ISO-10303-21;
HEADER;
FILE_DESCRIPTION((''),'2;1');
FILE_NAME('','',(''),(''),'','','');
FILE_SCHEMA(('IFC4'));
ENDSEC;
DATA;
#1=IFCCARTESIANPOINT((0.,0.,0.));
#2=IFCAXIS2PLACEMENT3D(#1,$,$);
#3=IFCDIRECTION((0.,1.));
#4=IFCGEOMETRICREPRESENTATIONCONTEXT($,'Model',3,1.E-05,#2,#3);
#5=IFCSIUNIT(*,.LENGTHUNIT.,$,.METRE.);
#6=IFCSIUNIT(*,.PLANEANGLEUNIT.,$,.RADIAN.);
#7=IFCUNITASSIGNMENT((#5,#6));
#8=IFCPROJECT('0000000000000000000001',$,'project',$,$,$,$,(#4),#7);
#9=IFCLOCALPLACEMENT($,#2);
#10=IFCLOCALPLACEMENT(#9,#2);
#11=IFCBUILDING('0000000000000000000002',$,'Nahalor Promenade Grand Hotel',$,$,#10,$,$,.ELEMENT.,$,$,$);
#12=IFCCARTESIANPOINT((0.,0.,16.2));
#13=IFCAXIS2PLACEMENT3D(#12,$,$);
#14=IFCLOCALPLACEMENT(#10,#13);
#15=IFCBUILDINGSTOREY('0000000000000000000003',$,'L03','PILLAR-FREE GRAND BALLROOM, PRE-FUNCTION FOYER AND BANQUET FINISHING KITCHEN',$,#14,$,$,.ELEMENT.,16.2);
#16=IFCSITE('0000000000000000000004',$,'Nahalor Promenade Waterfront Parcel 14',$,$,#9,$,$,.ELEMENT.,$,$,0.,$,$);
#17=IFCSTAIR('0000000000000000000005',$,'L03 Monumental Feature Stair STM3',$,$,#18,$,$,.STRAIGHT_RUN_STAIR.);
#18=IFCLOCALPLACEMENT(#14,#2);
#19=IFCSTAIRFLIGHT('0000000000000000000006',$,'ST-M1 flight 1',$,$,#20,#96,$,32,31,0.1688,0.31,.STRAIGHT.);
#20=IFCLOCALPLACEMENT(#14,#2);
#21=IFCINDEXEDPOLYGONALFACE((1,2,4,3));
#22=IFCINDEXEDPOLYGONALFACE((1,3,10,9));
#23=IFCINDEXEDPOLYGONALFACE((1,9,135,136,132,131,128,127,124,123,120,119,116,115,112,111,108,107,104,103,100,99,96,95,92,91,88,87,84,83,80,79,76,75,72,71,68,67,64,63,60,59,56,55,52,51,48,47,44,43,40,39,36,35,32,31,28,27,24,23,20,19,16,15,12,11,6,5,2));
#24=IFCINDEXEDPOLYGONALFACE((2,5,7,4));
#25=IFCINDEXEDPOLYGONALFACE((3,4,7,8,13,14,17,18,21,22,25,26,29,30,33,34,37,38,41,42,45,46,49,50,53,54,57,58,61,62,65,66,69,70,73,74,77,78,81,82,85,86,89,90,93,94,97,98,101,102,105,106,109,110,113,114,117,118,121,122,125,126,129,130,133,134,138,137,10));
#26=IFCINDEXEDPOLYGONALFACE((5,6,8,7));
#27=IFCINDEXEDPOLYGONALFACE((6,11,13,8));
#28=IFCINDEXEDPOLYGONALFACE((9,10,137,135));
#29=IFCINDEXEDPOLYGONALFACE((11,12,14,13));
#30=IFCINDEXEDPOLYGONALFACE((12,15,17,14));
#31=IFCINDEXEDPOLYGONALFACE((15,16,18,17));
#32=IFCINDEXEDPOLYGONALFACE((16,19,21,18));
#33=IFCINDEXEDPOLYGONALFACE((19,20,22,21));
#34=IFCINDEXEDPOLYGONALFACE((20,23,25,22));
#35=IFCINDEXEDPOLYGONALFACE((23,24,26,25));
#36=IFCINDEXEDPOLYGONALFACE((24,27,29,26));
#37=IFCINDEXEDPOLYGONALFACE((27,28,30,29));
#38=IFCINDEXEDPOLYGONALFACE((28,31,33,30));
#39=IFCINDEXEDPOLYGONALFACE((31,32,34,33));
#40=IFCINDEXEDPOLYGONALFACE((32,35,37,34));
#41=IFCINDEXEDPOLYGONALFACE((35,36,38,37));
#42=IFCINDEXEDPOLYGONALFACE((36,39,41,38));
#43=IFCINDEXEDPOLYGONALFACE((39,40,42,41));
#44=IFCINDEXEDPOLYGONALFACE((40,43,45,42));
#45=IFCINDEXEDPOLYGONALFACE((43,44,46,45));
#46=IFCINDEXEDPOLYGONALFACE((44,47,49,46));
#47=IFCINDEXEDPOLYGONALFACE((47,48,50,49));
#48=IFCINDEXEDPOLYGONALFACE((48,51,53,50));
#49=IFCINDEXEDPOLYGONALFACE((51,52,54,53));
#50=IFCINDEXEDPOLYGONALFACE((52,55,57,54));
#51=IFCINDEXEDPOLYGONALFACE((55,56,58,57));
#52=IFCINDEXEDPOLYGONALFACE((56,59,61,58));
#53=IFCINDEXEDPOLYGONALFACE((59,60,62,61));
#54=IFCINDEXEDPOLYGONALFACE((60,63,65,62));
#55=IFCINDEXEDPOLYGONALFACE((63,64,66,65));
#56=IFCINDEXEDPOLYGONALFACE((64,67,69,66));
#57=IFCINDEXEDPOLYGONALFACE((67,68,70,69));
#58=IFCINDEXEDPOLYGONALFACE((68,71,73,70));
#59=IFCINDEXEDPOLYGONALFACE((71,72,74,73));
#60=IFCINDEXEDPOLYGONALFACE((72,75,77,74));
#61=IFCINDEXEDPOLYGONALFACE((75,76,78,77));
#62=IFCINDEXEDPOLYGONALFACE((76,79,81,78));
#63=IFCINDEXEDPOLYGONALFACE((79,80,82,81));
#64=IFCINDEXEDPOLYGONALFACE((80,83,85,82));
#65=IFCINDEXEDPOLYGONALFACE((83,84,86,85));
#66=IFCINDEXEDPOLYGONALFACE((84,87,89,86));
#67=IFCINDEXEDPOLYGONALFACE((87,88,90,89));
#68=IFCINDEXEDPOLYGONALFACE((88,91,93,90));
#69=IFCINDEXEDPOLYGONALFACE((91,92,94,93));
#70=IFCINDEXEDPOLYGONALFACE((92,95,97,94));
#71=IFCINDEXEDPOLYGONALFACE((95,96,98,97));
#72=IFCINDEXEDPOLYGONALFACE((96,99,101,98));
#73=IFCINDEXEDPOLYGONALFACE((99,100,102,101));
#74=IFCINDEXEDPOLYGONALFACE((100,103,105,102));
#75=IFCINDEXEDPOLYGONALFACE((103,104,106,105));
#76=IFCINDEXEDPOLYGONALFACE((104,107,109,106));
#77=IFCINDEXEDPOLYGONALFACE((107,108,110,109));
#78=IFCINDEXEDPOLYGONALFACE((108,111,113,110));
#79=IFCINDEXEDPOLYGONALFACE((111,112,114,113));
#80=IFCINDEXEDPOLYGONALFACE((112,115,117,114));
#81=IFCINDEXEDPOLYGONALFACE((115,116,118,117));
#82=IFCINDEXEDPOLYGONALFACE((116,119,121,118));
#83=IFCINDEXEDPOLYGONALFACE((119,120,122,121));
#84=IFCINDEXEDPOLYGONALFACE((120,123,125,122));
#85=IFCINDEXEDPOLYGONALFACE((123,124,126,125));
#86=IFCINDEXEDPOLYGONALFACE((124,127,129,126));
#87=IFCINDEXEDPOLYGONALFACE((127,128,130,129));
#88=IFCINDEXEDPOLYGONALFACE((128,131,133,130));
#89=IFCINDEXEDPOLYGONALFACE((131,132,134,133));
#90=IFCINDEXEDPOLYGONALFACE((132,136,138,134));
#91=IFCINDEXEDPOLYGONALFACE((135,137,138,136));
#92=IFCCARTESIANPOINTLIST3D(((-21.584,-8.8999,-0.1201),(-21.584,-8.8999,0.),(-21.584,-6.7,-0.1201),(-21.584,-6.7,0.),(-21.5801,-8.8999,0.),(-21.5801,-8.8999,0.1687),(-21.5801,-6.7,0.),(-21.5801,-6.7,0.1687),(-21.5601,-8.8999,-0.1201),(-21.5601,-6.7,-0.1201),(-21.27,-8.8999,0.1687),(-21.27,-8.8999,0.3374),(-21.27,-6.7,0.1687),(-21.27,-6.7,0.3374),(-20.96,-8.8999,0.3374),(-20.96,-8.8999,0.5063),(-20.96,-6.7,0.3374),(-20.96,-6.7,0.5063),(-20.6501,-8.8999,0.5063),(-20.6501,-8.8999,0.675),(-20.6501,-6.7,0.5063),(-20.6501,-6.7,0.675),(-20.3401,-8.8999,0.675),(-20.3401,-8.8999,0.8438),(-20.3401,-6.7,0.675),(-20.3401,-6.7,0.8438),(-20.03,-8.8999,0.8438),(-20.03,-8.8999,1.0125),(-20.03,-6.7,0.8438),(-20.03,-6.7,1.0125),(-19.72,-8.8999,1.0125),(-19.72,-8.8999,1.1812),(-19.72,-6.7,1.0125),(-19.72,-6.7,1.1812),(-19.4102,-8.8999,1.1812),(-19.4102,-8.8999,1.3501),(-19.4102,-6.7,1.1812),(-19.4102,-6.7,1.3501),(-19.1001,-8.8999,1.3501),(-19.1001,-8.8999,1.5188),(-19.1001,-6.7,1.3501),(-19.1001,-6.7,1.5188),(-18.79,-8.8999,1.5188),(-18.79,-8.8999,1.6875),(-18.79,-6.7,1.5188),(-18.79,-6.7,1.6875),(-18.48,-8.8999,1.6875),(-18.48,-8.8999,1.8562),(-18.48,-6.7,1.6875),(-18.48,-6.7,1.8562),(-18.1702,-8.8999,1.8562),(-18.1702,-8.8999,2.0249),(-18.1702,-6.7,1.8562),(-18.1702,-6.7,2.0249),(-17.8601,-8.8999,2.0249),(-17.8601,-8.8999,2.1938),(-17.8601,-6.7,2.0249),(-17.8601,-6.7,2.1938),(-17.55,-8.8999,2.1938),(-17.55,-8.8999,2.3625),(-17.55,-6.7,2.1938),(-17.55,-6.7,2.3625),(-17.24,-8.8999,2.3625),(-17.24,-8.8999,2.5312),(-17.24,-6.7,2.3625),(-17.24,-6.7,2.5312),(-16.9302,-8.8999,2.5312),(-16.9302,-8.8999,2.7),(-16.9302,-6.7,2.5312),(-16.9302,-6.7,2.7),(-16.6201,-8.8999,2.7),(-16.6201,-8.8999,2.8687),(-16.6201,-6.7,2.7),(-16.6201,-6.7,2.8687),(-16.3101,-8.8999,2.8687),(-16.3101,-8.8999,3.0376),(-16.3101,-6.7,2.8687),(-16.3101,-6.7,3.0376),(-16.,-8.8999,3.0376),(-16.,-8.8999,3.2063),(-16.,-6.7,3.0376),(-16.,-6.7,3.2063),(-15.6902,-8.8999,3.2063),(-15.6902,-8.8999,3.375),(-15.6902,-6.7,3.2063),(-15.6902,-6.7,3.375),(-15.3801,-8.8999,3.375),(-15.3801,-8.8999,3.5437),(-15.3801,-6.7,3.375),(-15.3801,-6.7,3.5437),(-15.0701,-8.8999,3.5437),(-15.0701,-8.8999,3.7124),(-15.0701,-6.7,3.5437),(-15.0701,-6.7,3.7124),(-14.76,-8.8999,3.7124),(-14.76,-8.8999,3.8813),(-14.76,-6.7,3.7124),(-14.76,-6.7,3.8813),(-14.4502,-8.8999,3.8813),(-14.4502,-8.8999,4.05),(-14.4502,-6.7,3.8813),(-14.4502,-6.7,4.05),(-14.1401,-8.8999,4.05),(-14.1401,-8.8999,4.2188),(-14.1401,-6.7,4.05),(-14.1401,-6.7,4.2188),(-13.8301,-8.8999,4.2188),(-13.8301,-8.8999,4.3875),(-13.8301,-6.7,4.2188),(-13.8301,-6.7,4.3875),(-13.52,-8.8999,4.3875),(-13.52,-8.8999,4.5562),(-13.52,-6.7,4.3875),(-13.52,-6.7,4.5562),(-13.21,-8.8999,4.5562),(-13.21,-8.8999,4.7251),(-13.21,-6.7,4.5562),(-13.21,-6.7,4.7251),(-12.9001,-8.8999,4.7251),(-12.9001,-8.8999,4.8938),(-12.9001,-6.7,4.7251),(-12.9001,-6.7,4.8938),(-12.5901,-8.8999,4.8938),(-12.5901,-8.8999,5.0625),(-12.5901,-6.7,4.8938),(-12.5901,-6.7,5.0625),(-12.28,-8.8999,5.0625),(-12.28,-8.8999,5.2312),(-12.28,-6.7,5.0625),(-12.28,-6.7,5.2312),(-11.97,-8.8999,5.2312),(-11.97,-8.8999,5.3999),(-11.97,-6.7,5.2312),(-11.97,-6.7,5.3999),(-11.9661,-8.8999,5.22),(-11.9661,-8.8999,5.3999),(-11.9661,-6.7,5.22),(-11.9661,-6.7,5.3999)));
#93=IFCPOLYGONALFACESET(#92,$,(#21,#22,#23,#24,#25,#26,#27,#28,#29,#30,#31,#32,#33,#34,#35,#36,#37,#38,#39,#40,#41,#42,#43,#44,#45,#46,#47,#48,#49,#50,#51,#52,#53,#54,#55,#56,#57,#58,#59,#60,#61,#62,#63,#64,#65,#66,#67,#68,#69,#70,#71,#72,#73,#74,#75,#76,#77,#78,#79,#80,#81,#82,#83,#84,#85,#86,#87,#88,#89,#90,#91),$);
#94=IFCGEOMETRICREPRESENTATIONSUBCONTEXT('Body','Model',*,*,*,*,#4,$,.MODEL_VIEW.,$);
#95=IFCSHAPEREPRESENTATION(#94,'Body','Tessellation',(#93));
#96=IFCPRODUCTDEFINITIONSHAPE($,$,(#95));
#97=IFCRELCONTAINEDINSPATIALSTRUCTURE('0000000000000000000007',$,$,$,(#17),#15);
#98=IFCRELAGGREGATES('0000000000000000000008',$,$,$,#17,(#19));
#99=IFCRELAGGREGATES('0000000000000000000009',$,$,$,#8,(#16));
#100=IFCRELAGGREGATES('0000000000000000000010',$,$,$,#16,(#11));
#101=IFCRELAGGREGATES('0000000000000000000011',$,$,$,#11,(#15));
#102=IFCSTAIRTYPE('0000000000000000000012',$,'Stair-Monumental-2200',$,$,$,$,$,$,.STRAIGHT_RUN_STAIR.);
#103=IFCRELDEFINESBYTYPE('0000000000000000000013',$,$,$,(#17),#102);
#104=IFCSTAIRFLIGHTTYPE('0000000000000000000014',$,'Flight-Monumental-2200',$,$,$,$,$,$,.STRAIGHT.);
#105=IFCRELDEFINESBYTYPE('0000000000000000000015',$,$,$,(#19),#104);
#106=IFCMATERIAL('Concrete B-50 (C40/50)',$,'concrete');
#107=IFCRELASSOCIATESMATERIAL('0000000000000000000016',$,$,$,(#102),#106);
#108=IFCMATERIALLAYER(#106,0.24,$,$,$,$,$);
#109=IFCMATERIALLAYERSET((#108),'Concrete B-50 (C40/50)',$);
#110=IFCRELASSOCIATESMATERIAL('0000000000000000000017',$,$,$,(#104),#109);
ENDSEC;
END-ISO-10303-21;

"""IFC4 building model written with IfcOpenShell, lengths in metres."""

from ifc_helpers import new_model, si_unit, direction, frame, origin, place, context, subcontext, project, spatial, polyline, outline, extrude, source, transform, mapped, material, layer, layer_set, type_object, element, aggregate, save


model = new_model("IFC4")

# Units and contexts
model_context = context("Model", 3, precision=1e-05, world=origin(), true_north=direction((0.0, 1.0)))
body_context = subcontext(model_context, "Body", "Model", "MODEL_VIEW")
ifc_project = project(units=[si_unit("LENGTHUNIT", "METRE"), si_unit("PLANEANGLEUNIT", "RADIAN")], contexts=[model_context])

# Site, building, storey
site_placement = place(None, origin())
site = spatial("IfcSite", under=ifc_project, at=site_placement, Name="Nahalor Promenade Waterfront Parcel 14", CompositionType="ELEMENT", RefElevation=0.0)
building_placement = place(site_placement, origin())
building = spatial("IfcBuilding", under=site, at=building_placement, Name="Nahalor Promenade Grand Hotel", CompositionType="ELEMENT")
storey_placement = place(building_placement, frame((0.0, 0.0, 16.2)))
storey = spatial("IfcBuildingStorey", under=building, at=storey_placement, Name="L03", Description="PILLAR-FREE GRAND BALLROOM, PRE-FUNCTION FOYER AND BANQUET FINISHING KITCHEN", CompositionType="ELEMENT", Elevation=16.2)

# Shared definitions
ifc_material_1 = material(Name="Concrete B-50 (C40/50)", Category="concrete")

# Stair, stair flight
stair_type = type_object("IfcStairType", Name="Stair-Monumental-2200", PredefinedType="STRAIGHT_RUN_STAIR", material=ifc_material_1)
stair_placement = place(storey_placement, origin())
stair = element("IfcStair", 1, at=stair_placement, inside=storey, type_object=stair_type, Name="L03 Monumental Feature Stair STM3", PredefinedType="STRAIGHT_RUN_STAIR")
ifc_layer_1 = layer(ifc_material_1, 0.24)
ifc_layer_set_1 = layer_set([ifc_layer_1], Name="Concrete B-50 (C40/50)")
stair_flight_type = type_object("IfcStairFlightType", Name="Flight-Monumental-2200", PredefinedType="STRAIGHT", material=ifc_layer_set_1)
shared_shape_1 = source(origin(), body_context, "Body", "SweptSolid", [
    extrude(outline(polyline([(-0.0039, -0.1201), (-0.0039, 0.0), (0.0, 0.0), (0.0, 0.1687), (0.3101, 0.1687), (0.3101, 0.3374), (0.6201, 0.3374), (0.6201, 0.5063), (0.9299, 0.5063), (0.9299, 0.675), (1.24, 0.675), (1.24, 0.8438), (1.55, 0.8438), (1.55, 1.0125), (1.8601, 1.0125), (1.8601, 1.1812), (2.1699, 1.1812), (2.1699, 1.3501), (2.48, 1.3501), (2.48, 1.5188), (2.79, 1.5188), (2.79, 1.6875), (3.1001, 1.6875), (3.1001, 1.8562), (3.4099, 1.8562), (3.4099, 2.0249), (3.72, 2.0249), (3.72, 2.1938), (4.03, 2.1938), (4.03, 2.3625), (4.3401, 2.3625), (4.3401, 2.5312), (4.6499, 2.5312), (4.6499, 2.7), (4.96, 2.7), (4.96, 2.8687), (5.27, 2.8687), (5.27, 3.0376), (5.5801, 3.0376), (5.5801, 3.2063), (5.8899, 3.2063), (5.8899, 3.375), (6.2, 3.375), (6.2, 3.5437), (6.51, 3.5437), (6.51, 3.7124), (6.8201, 3.7124), (6.8201, 3.8813), (7.1299, 3.8813), (7.1299, 4.05), (7.4399, 4.05), (7.4399, 4.2188), (7.75, 4.2188), (7.75, 4.3875), (8.0601, 4.3875), (8.0601, 4.5562), (8.3701, 4.5562), (8.3701, 4.7251), (8.6799, 4.7251), (8.6799, 4.8938), (8.99, 4.8938), (8.99, 5.0625), (9.3, 5.0625), (9.3, 5.2312), (9.6101, 5.2312), (9.6101, 5.3999), (9.614, 5.3999), (9.614, 5.22), (0.02, -0.1201), (-0.0039, -0.1201)])), frame((0.0, 1.1001, 0.0), z_axis=(0.0, -1.0, 0.0), x_axis=(1.0, 0.0, 0.0)), (0.0, 0.0, 1.0), 2.2),
])
stair_flight_placement = place(storey_placement, frame((-21.5801, -7.8, 0.0), z_axis=(0.0, 0.0, 1.0), x_axis=(1.0, 0.0, 0.0)))
stair_flight = element("IfcStairFlight", 2, at=stair_flight_placement, type_object=stair_flight_type, Name="ST-M1 flight 1", NumberOfRisers=32, NumberOfTreads=31, PredefinedType="STRAIGHT", RiserHeight=0.1688, TreadLength=0.31, context=body_context, shape_type="MappedRepresentation", body=[
    mapped(shared_shape_1, transform((0.0, 0.0, 0.0), scale=1.0)),
])
aggregate(stair, [stair_flight])

save(model, "model.ifc")
